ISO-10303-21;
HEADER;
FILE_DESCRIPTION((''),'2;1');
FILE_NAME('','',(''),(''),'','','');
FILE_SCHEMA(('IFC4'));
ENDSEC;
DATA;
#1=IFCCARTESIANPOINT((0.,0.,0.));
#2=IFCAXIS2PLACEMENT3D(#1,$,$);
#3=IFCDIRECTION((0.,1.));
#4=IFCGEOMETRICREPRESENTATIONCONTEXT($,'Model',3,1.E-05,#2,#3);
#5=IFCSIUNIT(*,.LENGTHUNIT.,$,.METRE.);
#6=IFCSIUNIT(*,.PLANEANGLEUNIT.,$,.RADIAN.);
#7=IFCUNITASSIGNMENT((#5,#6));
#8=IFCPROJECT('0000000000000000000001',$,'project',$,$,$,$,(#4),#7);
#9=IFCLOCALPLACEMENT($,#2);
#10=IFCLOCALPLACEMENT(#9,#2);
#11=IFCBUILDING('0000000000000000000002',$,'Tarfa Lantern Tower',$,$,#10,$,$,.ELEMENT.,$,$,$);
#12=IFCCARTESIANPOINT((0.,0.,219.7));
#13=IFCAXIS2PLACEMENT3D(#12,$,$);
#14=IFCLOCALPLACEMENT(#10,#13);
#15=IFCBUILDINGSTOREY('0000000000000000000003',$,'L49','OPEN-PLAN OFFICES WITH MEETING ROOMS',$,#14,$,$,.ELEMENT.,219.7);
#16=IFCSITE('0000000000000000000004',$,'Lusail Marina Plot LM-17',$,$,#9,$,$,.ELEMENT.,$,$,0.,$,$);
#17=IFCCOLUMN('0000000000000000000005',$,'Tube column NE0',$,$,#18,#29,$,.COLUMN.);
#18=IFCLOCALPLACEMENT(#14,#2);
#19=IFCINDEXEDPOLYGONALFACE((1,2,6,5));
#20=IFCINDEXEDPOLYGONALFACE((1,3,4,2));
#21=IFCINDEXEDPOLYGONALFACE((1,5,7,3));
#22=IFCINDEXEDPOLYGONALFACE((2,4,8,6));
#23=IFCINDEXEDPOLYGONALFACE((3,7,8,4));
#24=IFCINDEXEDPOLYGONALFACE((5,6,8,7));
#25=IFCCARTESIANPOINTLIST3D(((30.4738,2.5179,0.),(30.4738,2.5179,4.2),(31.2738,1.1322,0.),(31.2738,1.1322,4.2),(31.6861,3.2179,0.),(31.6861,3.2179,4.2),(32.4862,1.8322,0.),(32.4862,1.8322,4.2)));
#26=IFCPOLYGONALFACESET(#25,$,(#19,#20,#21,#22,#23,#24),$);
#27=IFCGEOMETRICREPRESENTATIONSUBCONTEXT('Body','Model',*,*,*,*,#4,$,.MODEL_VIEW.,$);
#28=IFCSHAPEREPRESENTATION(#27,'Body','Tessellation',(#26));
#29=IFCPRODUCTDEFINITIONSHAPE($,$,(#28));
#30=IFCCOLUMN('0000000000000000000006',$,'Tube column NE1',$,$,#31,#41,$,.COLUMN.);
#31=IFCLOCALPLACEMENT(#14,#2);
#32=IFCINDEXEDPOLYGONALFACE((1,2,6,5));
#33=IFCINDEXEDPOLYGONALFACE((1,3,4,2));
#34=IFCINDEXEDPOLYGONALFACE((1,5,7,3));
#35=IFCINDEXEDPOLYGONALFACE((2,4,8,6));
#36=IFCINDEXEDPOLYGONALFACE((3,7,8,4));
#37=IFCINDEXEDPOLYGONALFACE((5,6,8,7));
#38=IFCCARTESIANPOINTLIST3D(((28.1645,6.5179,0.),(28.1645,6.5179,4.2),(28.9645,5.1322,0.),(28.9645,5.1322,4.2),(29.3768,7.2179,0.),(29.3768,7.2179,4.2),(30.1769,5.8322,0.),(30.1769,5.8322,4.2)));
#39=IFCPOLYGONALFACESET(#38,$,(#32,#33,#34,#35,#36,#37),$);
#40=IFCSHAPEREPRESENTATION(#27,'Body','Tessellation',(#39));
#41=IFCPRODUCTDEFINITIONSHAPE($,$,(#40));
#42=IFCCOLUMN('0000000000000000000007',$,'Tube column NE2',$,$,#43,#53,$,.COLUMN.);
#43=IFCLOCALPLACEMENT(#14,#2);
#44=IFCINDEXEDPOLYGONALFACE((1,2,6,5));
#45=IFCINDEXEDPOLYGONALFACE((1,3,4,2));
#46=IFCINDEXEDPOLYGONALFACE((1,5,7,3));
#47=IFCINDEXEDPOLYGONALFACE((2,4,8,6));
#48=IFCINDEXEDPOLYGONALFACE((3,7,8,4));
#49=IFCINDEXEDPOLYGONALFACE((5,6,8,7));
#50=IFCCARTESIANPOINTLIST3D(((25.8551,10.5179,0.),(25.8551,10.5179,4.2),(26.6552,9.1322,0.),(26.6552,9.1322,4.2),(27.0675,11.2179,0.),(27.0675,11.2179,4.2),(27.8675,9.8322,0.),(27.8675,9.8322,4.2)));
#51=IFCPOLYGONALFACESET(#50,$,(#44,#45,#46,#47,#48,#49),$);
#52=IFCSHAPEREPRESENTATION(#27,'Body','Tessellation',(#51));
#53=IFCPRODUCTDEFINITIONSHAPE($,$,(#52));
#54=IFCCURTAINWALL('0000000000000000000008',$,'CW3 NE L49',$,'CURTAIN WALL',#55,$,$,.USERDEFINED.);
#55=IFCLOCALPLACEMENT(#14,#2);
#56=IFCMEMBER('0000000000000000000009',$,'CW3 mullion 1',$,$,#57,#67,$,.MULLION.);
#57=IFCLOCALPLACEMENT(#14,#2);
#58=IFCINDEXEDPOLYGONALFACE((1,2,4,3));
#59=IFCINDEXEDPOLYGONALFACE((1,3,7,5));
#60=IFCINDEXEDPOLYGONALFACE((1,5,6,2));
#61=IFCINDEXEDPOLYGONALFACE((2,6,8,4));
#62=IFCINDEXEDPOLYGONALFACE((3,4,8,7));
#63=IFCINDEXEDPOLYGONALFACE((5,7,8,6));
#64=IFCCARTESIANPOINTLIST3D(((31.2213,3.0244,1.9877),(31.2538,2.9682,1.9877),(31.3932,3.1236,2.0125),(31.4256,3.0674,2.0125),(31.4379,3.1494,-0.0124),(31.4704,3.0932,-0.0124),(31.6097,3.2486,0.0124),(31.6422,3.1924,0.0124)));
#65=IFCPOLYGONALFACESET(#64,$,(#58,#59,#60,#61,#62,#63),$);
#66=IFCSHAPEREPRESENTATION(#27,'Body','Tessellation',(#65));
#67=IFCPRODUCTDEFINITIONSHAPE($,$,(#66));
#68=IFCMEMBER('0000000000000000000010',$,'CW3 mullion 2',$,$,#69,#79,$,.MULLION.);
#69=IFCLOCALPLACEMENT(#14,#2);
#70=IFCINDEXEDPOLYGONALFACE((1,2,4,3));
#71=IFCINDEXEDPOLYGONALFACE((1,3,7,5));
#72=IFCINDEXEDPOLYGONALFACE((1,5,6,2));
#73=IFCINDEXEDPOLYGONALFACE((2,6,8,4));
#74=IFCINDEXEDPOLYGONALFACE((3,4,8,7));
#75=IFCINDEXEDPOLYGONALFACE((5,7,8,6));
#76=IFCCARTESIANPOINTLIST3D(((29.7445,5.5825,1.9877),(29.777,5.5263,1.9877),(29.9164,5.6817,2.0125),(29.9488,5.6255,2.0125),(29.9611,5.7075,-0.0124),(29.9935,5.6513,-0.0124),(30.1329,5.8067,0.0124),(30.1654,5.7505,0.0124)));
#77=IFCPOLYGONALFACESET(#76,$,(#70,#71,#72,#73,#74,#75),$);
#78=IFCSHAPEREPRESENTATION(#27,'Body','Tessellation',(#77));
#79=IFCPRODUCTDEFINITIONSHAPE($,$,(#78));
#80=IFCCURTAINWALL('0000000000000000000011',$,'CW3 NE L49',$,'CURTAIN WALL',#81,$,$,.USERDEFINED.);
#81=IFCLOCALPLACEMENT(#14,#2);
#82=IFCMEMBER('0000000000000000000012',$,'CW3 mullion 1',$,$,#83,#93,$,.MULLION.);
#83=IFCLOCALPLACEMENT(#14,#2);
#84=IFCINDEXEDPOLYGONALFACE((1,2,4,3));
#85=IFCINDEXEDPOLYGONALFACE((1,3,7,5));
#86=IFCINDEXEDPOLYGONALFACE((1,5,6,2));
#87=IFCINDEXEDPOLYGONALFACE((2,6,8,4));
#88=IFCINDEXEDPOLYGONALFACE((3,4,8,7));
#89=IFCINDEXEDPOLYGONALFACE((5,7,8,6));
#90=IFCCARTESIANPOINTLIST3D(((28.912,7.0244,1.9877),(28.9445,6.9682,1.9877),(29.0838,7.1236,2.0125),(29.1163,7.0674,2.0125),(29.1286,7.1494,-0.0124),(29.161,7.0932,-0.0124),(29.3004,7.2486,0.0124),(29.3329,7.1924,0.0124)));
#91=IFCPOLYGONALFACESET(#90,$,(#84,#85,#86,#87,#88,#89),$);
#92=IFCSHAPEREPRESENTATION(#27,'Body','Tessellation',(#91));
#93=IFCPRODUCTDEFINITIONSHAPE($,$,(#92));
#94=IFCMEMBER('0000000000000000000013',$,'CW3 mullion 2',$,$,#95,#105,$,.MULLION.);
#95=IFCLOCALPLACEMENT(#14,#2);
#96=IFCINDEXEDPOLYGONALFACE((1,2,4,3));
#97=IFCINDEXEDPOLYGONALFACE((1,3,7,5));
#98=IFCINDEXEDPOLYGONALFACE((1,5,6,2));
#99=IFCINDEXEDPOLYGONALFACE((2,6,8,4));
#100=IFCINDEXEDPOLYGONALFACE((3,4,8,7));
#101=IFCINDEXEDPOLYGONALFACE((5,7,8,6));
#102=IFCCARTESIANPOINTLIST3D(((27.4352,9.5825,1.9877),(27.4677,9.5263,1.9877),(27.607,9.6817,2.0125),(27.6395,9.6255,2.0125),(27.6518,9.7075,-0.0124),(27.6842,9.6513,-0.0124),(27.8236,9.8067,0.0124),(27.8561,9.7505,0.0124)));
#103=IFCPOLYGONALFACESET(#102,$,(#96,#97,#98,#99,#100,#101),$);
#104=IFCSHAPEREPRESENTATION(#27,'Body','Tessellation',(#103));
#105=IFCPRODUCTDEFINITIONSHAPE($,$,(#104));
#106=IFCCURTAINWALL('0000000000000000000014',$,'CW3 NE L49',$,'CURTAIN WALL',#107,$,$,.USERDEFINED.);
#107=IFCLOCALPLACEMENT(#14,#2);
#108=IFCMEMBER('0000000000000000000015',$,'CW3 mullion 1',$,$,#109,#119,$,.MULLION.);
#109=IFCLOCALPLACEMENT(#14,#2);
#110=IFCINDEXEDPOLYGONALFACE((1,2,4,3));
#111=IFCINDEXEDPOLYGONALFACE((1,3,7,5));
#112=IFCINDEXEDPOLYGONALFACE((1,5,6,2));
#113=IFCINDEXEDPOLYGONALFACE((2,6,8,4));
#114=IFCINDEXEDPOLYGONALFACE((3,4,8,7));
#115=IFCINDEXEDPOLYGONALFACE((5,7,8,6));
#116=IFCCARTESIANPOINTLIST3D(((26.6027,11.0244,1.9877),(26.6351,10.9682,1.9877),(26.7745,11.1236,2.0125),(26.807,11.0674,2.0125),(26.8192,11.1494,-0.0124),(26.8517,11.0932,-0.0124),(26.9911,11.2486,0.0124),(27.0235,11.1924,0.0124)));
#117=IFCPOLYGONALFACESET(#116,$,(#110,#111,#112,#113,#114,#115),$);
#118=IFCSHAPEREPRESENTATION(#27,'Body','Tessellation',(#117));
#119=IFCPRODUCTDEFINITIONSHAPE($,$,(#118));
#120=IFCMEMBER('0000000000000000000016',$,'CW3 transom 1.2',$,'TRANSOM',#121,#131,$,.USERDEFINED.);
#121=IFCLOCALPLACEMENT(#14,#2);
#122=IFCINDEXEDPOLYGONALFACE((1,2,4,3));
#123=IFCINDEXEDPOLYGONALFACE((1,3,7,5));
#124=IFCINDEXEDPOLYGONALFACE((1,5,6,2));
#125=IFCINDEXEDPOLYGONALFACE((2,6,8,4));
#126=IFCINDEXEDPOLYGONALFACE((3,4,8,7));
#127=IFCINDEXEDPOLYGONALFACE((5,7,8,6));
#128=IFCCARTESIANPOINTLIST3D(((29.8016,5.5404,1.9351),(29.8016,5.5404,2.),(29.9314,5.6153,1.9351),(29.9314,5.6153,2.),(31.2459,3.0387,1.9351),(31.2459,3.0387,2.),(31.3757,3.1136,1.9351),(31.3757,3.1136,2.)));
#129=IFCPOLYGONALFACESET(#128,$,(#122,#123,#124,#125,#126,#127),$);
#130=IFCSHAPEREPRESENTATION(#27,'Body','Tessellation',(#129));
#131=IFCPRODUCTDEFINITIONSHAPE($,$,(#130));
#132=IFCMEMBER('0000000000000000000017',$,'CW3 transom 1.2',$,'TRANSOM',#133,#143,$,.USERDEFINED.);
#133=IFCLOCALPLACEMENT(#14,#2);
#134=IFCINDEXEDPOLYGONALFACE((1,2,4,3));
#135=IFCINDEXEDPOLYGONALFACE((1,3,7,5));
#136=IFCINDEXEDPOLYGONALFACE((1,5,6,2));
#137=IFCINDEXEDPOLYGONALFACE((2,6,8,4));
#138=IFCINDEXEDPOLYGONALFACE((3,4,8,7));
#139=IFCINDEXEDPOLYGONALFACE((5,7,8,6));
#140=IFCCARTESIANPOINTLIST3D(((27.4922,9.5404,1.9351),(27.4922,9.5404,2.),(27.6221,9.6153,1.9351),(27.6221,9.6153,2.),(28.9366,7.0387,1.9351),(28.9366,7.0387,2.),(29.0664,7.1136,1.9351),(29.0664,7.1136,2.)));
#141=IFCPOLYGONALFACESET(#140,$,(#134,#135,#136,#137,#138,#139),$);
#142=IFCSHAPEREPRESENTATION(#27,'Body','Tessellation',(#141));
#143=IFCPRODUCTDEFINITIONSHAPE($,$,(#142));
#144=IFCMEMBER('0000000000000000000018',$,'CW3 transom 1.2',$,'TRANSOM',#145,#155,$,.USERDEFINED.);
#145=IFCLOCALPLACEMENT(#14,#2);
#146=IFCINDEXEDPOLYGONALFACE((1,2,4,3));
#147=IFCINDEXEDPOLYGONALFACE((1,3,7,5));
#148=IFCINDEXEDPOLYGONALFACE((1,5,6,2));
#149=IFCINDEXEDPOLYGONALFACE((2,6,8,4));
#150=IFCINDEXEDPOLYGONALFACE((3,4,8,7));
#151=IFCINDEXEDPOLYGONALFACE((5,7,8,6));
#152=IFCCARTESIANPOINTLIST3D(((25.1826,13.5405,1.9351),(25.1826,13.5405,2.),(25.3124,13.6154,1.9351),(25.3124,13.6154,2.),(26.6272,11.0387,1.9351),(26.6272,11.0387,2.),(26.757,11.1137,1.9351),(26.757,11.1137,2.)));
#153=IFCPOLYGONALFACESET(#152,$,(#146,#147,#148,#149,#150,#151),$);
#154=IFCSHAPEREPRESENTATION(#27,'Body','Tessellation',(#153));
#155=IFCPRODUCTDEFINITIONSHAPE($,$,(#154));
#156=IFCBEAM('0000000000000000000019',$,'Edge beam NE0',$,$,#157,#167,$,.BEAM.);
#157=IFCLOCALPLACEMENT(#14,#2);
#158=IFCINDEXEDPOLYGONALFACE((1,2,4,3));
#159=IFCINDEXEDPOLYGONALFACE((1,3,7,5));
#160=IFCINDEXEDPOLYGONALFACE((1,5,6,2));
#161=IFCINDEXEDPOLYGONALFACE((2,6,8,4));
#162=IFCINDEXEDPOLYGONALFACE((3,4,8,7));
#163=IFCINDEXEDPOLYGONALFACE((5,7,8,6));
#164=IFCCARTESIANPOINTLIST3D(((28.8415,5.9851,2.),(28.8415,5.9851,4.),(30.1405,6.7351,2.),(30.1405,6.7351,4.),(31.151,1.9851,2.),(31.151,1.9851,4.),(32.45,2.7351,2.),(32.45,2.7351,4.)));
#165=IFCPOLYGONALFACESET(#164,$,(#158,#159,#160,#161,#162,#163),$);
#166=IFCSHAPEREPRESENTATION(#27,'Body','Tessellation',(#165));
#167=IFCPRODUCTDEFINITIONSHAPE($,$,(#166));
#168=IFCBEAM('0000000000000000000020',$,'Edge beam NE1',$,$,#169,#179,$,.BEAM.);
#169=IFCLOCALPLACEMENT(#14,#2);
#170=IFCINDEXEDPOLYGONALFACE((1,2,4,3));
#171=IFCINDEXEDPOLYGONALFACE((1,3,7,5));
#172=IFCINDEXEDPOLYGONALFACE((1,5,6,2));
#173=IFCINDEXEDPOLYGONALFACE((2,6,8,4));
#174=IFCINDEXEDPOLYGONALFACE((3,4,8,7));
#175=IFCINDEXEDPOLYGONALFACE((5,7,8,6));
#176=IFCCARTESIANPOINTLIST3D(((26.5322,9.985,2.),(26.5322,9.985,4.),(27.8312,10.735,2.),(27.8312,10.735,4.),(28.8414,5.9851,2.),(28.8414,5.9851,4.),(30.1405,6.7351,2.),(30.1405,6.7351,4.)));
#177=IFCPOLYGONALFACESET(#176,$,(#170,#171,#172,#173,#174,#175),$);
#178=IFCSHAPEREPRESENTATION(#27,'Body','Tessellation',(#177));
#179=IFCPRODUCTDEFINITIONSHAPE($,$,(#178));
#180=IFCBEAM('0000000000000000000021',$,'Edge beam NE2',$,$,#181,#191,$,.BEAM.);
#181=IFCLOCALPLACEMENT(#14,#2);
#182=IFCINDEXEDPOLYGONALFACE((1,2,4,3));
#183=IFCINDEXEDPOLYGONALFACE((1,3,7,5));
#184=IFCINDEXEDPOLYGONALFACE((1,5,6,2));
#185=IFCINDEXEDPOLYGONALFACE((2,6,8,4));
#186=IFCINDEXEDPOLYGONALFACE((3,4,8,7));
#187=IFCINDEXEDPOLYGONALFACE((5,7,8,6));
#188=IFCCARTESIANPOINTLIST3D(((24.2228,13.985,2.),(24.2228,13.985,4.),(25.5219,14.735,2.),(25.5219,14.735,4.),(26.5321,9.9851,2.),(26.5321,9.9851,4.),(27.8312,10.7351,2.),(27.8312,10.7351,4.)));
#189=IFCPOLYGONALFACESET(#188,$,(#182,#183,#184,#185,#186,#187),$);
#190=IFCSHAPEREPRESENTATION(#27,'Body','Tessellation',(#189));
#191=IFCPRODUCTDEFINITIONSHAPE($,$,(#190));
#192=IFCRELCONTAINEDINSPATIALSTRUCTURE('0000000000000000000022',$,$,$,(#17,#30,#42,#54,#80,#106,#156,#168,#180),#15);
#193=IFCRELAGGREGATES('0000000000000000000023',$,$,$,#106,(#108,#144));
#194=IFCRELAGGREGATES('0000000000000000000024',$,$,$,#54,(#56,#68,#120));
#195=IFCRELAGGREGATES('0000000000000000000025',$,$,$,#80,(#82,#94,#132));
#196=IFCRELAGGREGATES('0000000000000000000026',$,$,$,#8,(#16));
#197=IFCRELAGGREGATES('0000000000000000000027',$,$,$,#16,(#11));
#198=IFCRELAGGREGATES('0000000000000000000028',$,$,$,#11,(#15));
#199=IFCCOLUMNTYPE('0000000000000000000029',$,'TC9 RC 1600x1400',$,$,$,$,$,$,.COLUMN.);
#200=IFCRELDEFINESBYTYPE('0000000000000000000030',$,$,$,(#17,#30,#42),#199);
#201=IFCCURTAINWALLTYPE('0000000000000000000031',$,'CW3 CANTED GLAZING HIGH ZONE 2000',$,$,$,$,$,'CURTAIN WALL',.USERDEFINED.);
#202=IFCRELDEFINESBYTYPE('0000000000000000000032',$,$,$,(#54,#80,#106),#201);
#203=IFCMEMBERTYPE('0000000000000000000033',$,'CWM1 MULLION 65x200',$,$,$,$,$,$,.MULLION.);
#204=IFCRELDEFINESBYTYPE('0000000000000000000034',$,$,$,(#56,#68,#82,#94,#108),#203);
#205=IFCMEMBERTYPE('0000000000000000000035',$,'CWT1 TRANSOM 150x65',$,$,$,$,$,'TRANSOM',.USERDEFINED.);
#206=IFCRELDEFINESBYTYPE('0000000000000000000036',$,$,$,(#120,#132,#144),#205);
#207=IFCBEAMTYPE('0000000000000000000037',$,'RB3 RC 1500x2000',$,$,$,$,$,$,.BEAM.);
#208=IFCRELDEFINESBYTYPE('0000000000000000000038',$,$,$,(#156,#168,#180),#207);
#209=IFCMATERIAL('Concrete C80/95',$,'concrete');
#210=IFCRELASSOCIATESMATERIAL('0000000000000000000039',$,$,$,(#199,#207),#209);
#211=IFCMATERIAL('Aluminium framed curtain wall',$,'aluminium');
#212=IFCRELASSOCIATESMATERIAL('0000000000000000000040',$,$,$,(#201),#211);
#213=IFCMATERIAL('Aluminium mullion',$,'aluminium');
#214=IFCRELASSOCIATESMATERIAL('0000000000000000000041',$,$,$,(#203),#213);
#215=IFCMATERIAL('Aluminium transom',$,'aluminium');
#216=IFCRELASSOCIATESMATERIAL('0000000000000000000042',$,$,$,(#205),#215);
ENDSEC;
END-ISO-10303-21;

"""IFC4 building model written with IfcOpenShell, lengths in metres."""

from ifc_helpers import new_model, si_unit, direction, frame, origin, origin_2d, place, context, subcontext, project, spatial, rectangle, extrude, material, material_profile, profile_set, type_object, element, aggregate, save


model = new_model("IFC4")

# Units and contexts
model_context = context("Model", 3, precision=1e-05, world=origin(), true_north=direction((0.0, 1.0)))
body_context = subcontext(model_context, "Body", "Model", "MODEL_VIEW")
ifc_project = project(units=[si_unit("LENGTHUNIT", "METRE"), si_unit("PLANEANGLEUNIT", "RADIAN")], contexts=[model_context])

# Site, building, storey
site_placement = place(None, origin())
site = spatial("IfcSite", under=ifc_project, at=site_placement, Name="Lusail Marina Plot LM-17", CompositionType="ELEMENT", RefElevation=0.0)
building_placement = place(site_placement, origin())
building = spatial("IfcBuilding", under=site, at=building_placement, Name="Tarfa Lantern Tower", CompositionType="ELEMENT")
storey_placement = place(building_placement, frame((0.0, 0.0, 219.7)))
storey = spatial("IfcBuildingStorey", under=building, at=storey_placement, Name="L49", Description="OPEN-PLAN OFFICES WITH MEETING ROOMS", CompositionType="ELEMENT", Elevation=219.7)

# Columns
ifc_material_1 = material(Name="Concrete C80/95", Category="concrete")
ifc_material_profile_1 = material_profile(ifc_material_1, rectangle(XDim=1.6001, YDim=1.3999, at=origin_2d()), Name="RC 1600x1400")
ifc_profile_set_1 = profile_set([ifc_material_profile_1], Name="Concrete C80/95")
column_type = type_object("IfcColumnType", Name="TC9 RC 1600x1400", PredefinedType="COLUMN", material=ifc_profile_set_1)
for number, where, z_axis, x_axis, name in (
    (1, (31.48, 2.175, 0.0), (0.0, 0.0, 1.0), (-0.5, 0.866025, 0.0), "Tube column NE0"),
    (2, (29.1707, 6.175, 0.0), (0.0, 0.0, 1.0), (-0.5, 0.866025, 0.0), "Tube column NE1"),
    (3, (26.8613, 10.175, 0.0), (0.0, 0.0, 1.0), (-0.5, 0.866025, 0.0), "Tube column NE2"),
):
    element("IfcColumn", number, at=place(storey_placement, frame(where, z_axis=z_axis, x_axis=x_axis)), inside=storey, type_object=column_type, Name=name, PredefinedType="COLUMN", context=body_context, shape_type="SweptSolid", body=[
        extrude(rectangle(XDim=1.6001, YDim=1.3999, at=origin_2d()), origin(), (0.0, 0.0, 1.0), 4.2),
    ])

# Curtain walls, members
ifc_material_2 = material(Name="Aluminium framed curtain wall", Category="aluminium")
curtain_wall_type = type_object("IfcCurtainWallType", Name="CW3 CANTED GLAZING HIGH ZONE 2000", ElementType="CURTAIN WALL", PredefinedType="USERDEFINED", material=ifc_material_2)
curtain_wall_1_placement = place(storey_placement, origin())
curtain_wall_1 = element("IfcCurtainWall", 4, at=curtain_wall_1_placement, inside=storey, type_object=curtain_wall_type, Name="CW3 NE L49", ObjectType="CURTAIN WALL", PredefinedType="USERDEFINED")
ifc_material_3 = material(Name="Aluminium mullion", Category="aluminium")
ifc_material_profile_2 = material_profile(ifc_material_3, rectangle(XDim=0.0649, YDim=0.2, at=origin_2d()), Name="AL MULLION 65x200")
ifc_profile_set_2 = profile_set([ifc_material_profile_2], Name="Aluminium mullion")
member_type_1 = type_object("IfcMemberType", Name="CWM1 MULLION 65x200", PredefinedType="MULLION", material=ifc_profile_set_2)
member_1_placement = place(storey_placement, frame((31.54, 3.1709, 0.0), z_axis=(-0.10744, -0.062017, 0.992275), x_axis=(0.49992, -0.866072, 0.0)))
member_1 = element("IfcMember", 5, at=member_1_placement, type_object=member_type_1, Name="CW3 mullion 1", PredefinedType="MULLION", context=body_context, shape_type="SweptSolid", body=[
    extrude(rectangle(XDim=0.0649, YDim=0.2, at=origin_2d()), origin(), (0.0, 0.0, 1.0), 2.0156),
])
member_2_placement = place(storey_placement, frame((30.0632, 5.729, 0.0), z_axis=(-0.10744, -0.062017, 0.992275), x_axis=(0.49992, -0.866072, 0.0)))
member_2 = element("IfcMember", 6, at=member_2_placement, type_object=member_type_1, Name="CW3 mullion 2", PredefinedType="MULLION", context=body_context, shape_type="SweptSolid", body=[
    extrude(rectangle(XDim=0.0649, YDim=0.2, at=origin_2d()), origin(), (0.0, 0.0, 1.0), 2.0156),
])
curtain_wall_2_placement = place(storey_placement, origin())
curtain_wall_2 = element("IfcCurtainWall", 7, at=curtain_wall_2_placement, inside=storey, type_object=curtain_wall_type, Name="CW3 NE L49", ObjectType="CURTAIN WALL", PredefinedType="USERDEFINED")
member_3_placement = place(storey_placement, frame((29.2307, 7.1709, 0.0), z_axis=(-0.10744, -0.062017, 0.992275), x_axis=(0.49992, -0.866072, 0.0)))
member_3 = element("IfcMember", 8, at=member_3_placement, type_object=member_type_1, Name="CW3 mullion 1", PredefinedType="MULLION", context=body_context, shape_type="SweptSolid", body=[
    extrude(rectangle(XDim=0.0649, YDim=0.2, at=origin_2d()), origin(), (0.0, 0.0, 1.0), 2.0156),
])
member_4_placement = place(storey_placement, frame((27.7539, 9.729, 0.0), z_axis=(-0.10744, -0.062017, 0.992275), x_axis=(0.49992, -0.866072, 0.0)))
member_4 = element("IfcMember", 9, at=member_4_placement, type_object=member_type_1, Name="CW3 mullion 2", PredefinedType="MULLION", context=body_context, shape_type="SweptSolid", body=[
    extrude(rectangle(XDim=0.0649, YDim=0.2, at=origin_2d()), origin(), (0.0, 0.0, 1.0), 2.0156),
])

# Curtain wall, member
curtain_wall_3_placement = place(storey_placement, origin())
curtain_wall_3 = element("IfcCurtainWall", 10, at=curtain_wall_3_placement, inside=storey, type_object=curtain_wall_type, Name="CW3 NE L49", ObjectType="CURTAIN WALL", PredefinedType="USERDEFINED")
member_5_placement = place(storey_placement, frame((26.9214, 11.1709, 0.0), z_axis=(-0.10744, -0.062017, 0.992275), x_axis=(0.49992, -0.866072, 0.0)))
member_5 = element("IfcMember", 11, at=member_5_placement, type_object=member_type_1, Name="CW3 mullion 1", PredefinedType="MULLION", context=body_context, shape_type="SweptSolid", body=[
    extrude(rectangle(XDim=0.0649, YDim=0.2, at=origin_2d()), origin(), (0.0, 0.0, 1.0), 2.0156),
])

# Members
ifc_material_4 = material(Name="Aluminium transom", Category="aluminium")
ifc_material_profile_3 = material_profile(ifc_material_4, rectangle(XDim=0.1499, YDim=0.0649, at=origin_2d()), Name="AL TRANSOM 150x65")
ifc_profile_set_3 = profile_set([ifc_material_profile_3], Name="Aluminium transom")
member_type_2 = type_object("IfcMemberType", Name="CWT1 TRANSOM 150x65", ElementType="TRANSOM", PredefinedType="USERDEFINED", material=ifc_profile_set_3)
member_6_placement = place(storey_placement, frame((31.3108, 3.0762, 1.9675), z_axis=(-0.499993, 0.866029, 0.0), x_axis=(-0.866029, -0.499993, 0.0)))
member_6 = element("IfcMember", 12, at=member_6_placement, type_object=member_type_2, Name="CW3 transom 1.2", ObjectType="TRANSOM", PredefinedType="USERDEFINED", context=body_context, shape_type="SweptSolid", body=[
    extrude(rectangle(XDim=0.1499, YDim=0.0649, at=origin_2d()), origin(), (0.0, 0.0, 1.0), 2.8887),
])
member_7_placement = place(storey_placement, frame((29.0015, 7.0762, 1.9675), z_axis=(-0.499993, 0.866029, 0.0), x_axis=(-0.866029, -0.499993, 0.0)))
member_7 = element("IfcMember", 13, at=member_7_placement, type_object=member_type_2, Name="CW3 transom 1.2", ObjectType="TRANSOM", PredefinedType="USERDEFINED", context=body_context, shape_type="SweptSolid", body=[
    extrude(rectangle(XDim=0.1499, YDim=0.0649, at=origin_2d()), origin(), (0.0, 0.0, 1.0), 2.8887),
])
member_8_placement = place(storey_placement, frame((26.6921, 11.0762, 1.9675), z_axis=(-0.500057, 0.865993, 0.0), x_axis=(-0.865993, -0.500057, 0.0)))
member_8 = element("IfcMember", 14, at=member_8_placement, type_object=member_type_2, Name="CW3 transom 1.2", ObjectType="TRANSOM", PredefinedType="USERDEFINED", context=body_context, shape_type="SweptSolid", body=[
    extrude(rectangle(XDim=0.1499, YDim=0.0649, at=origin_2d()), origin(), (0.0, 0.0, 1.0), 2.8889),
])
aggregate(curtain_wall_3, [member_5, member_8])

# Beams
ifc_material_profile_4 = material_profile(ifc_material_1, rectangle(XDim=1.5, YDim=2.0, at=origin_2d()), Name="RC 1500x2000")
ifc_profile_set_4 = profile_set([ifc_material_profile_4], Name="Concrete C80/95")
beam_type_1 = type_object("IfcBeamType", Name="RB3 RC 1500x2000", PredefinedType="BEAM", material=ifc_profile_set_4)
beam_1_placement = place(storey_placement, frame((31.8005, 2.3601, 3.0), z_axis=(-0.500027, 0.86601, 0.0), x_axis=(-0.86601, -0.500027, 0.0)))
element("IfcBeam", 15, at=beam_1_placement, inside=storey, type_object=beam_type_1, Name="Edge beam NE0", PredefinedType="BEAM", context=body_context, shape_type="SweptSolid", body=[
    extrude(rectangle(XDim=1.5, YDim=2.0, at=origin_2d()), origin(), (0.0, 0.0, 1.0), 4.6189),
])
for number, where, z_axis, x_axis, name in (
    (16, (29.491, 6.3601, 3.0), (-0.499988, 0.866032, 0.0), (-0.866032, -0.499988, 0.0), "Edge beam NE1"),
    (17, (27.1816, 10.3601, 3.0), (-0.499988, 0.866032, 0.0), (-0.866032, -0.499988, 0.0), "Edge beam NE2"),
):
    element("IfcBeam", number, at=place(storey_placement, frame(where, z_axis=z_axis, x_axis=x_axis)), inside=storey, type_object=beam_type_1, Name=name, PredefinedType="BEAM", context=body_context, shape_type="SweptSolid", body=[
        extrude(rectangle(XDim=1.5, YDim=2.0, at=origin_2d()), origin(), (0.0, 0.0, 1.0), 4.6187),
    ])

aggregate(curtain_wall_1, [member_1, member_2, member_6])
aggregate(curtain_wall_2, [member_3, member_4, member_7])

save(model, "model.ifc")
